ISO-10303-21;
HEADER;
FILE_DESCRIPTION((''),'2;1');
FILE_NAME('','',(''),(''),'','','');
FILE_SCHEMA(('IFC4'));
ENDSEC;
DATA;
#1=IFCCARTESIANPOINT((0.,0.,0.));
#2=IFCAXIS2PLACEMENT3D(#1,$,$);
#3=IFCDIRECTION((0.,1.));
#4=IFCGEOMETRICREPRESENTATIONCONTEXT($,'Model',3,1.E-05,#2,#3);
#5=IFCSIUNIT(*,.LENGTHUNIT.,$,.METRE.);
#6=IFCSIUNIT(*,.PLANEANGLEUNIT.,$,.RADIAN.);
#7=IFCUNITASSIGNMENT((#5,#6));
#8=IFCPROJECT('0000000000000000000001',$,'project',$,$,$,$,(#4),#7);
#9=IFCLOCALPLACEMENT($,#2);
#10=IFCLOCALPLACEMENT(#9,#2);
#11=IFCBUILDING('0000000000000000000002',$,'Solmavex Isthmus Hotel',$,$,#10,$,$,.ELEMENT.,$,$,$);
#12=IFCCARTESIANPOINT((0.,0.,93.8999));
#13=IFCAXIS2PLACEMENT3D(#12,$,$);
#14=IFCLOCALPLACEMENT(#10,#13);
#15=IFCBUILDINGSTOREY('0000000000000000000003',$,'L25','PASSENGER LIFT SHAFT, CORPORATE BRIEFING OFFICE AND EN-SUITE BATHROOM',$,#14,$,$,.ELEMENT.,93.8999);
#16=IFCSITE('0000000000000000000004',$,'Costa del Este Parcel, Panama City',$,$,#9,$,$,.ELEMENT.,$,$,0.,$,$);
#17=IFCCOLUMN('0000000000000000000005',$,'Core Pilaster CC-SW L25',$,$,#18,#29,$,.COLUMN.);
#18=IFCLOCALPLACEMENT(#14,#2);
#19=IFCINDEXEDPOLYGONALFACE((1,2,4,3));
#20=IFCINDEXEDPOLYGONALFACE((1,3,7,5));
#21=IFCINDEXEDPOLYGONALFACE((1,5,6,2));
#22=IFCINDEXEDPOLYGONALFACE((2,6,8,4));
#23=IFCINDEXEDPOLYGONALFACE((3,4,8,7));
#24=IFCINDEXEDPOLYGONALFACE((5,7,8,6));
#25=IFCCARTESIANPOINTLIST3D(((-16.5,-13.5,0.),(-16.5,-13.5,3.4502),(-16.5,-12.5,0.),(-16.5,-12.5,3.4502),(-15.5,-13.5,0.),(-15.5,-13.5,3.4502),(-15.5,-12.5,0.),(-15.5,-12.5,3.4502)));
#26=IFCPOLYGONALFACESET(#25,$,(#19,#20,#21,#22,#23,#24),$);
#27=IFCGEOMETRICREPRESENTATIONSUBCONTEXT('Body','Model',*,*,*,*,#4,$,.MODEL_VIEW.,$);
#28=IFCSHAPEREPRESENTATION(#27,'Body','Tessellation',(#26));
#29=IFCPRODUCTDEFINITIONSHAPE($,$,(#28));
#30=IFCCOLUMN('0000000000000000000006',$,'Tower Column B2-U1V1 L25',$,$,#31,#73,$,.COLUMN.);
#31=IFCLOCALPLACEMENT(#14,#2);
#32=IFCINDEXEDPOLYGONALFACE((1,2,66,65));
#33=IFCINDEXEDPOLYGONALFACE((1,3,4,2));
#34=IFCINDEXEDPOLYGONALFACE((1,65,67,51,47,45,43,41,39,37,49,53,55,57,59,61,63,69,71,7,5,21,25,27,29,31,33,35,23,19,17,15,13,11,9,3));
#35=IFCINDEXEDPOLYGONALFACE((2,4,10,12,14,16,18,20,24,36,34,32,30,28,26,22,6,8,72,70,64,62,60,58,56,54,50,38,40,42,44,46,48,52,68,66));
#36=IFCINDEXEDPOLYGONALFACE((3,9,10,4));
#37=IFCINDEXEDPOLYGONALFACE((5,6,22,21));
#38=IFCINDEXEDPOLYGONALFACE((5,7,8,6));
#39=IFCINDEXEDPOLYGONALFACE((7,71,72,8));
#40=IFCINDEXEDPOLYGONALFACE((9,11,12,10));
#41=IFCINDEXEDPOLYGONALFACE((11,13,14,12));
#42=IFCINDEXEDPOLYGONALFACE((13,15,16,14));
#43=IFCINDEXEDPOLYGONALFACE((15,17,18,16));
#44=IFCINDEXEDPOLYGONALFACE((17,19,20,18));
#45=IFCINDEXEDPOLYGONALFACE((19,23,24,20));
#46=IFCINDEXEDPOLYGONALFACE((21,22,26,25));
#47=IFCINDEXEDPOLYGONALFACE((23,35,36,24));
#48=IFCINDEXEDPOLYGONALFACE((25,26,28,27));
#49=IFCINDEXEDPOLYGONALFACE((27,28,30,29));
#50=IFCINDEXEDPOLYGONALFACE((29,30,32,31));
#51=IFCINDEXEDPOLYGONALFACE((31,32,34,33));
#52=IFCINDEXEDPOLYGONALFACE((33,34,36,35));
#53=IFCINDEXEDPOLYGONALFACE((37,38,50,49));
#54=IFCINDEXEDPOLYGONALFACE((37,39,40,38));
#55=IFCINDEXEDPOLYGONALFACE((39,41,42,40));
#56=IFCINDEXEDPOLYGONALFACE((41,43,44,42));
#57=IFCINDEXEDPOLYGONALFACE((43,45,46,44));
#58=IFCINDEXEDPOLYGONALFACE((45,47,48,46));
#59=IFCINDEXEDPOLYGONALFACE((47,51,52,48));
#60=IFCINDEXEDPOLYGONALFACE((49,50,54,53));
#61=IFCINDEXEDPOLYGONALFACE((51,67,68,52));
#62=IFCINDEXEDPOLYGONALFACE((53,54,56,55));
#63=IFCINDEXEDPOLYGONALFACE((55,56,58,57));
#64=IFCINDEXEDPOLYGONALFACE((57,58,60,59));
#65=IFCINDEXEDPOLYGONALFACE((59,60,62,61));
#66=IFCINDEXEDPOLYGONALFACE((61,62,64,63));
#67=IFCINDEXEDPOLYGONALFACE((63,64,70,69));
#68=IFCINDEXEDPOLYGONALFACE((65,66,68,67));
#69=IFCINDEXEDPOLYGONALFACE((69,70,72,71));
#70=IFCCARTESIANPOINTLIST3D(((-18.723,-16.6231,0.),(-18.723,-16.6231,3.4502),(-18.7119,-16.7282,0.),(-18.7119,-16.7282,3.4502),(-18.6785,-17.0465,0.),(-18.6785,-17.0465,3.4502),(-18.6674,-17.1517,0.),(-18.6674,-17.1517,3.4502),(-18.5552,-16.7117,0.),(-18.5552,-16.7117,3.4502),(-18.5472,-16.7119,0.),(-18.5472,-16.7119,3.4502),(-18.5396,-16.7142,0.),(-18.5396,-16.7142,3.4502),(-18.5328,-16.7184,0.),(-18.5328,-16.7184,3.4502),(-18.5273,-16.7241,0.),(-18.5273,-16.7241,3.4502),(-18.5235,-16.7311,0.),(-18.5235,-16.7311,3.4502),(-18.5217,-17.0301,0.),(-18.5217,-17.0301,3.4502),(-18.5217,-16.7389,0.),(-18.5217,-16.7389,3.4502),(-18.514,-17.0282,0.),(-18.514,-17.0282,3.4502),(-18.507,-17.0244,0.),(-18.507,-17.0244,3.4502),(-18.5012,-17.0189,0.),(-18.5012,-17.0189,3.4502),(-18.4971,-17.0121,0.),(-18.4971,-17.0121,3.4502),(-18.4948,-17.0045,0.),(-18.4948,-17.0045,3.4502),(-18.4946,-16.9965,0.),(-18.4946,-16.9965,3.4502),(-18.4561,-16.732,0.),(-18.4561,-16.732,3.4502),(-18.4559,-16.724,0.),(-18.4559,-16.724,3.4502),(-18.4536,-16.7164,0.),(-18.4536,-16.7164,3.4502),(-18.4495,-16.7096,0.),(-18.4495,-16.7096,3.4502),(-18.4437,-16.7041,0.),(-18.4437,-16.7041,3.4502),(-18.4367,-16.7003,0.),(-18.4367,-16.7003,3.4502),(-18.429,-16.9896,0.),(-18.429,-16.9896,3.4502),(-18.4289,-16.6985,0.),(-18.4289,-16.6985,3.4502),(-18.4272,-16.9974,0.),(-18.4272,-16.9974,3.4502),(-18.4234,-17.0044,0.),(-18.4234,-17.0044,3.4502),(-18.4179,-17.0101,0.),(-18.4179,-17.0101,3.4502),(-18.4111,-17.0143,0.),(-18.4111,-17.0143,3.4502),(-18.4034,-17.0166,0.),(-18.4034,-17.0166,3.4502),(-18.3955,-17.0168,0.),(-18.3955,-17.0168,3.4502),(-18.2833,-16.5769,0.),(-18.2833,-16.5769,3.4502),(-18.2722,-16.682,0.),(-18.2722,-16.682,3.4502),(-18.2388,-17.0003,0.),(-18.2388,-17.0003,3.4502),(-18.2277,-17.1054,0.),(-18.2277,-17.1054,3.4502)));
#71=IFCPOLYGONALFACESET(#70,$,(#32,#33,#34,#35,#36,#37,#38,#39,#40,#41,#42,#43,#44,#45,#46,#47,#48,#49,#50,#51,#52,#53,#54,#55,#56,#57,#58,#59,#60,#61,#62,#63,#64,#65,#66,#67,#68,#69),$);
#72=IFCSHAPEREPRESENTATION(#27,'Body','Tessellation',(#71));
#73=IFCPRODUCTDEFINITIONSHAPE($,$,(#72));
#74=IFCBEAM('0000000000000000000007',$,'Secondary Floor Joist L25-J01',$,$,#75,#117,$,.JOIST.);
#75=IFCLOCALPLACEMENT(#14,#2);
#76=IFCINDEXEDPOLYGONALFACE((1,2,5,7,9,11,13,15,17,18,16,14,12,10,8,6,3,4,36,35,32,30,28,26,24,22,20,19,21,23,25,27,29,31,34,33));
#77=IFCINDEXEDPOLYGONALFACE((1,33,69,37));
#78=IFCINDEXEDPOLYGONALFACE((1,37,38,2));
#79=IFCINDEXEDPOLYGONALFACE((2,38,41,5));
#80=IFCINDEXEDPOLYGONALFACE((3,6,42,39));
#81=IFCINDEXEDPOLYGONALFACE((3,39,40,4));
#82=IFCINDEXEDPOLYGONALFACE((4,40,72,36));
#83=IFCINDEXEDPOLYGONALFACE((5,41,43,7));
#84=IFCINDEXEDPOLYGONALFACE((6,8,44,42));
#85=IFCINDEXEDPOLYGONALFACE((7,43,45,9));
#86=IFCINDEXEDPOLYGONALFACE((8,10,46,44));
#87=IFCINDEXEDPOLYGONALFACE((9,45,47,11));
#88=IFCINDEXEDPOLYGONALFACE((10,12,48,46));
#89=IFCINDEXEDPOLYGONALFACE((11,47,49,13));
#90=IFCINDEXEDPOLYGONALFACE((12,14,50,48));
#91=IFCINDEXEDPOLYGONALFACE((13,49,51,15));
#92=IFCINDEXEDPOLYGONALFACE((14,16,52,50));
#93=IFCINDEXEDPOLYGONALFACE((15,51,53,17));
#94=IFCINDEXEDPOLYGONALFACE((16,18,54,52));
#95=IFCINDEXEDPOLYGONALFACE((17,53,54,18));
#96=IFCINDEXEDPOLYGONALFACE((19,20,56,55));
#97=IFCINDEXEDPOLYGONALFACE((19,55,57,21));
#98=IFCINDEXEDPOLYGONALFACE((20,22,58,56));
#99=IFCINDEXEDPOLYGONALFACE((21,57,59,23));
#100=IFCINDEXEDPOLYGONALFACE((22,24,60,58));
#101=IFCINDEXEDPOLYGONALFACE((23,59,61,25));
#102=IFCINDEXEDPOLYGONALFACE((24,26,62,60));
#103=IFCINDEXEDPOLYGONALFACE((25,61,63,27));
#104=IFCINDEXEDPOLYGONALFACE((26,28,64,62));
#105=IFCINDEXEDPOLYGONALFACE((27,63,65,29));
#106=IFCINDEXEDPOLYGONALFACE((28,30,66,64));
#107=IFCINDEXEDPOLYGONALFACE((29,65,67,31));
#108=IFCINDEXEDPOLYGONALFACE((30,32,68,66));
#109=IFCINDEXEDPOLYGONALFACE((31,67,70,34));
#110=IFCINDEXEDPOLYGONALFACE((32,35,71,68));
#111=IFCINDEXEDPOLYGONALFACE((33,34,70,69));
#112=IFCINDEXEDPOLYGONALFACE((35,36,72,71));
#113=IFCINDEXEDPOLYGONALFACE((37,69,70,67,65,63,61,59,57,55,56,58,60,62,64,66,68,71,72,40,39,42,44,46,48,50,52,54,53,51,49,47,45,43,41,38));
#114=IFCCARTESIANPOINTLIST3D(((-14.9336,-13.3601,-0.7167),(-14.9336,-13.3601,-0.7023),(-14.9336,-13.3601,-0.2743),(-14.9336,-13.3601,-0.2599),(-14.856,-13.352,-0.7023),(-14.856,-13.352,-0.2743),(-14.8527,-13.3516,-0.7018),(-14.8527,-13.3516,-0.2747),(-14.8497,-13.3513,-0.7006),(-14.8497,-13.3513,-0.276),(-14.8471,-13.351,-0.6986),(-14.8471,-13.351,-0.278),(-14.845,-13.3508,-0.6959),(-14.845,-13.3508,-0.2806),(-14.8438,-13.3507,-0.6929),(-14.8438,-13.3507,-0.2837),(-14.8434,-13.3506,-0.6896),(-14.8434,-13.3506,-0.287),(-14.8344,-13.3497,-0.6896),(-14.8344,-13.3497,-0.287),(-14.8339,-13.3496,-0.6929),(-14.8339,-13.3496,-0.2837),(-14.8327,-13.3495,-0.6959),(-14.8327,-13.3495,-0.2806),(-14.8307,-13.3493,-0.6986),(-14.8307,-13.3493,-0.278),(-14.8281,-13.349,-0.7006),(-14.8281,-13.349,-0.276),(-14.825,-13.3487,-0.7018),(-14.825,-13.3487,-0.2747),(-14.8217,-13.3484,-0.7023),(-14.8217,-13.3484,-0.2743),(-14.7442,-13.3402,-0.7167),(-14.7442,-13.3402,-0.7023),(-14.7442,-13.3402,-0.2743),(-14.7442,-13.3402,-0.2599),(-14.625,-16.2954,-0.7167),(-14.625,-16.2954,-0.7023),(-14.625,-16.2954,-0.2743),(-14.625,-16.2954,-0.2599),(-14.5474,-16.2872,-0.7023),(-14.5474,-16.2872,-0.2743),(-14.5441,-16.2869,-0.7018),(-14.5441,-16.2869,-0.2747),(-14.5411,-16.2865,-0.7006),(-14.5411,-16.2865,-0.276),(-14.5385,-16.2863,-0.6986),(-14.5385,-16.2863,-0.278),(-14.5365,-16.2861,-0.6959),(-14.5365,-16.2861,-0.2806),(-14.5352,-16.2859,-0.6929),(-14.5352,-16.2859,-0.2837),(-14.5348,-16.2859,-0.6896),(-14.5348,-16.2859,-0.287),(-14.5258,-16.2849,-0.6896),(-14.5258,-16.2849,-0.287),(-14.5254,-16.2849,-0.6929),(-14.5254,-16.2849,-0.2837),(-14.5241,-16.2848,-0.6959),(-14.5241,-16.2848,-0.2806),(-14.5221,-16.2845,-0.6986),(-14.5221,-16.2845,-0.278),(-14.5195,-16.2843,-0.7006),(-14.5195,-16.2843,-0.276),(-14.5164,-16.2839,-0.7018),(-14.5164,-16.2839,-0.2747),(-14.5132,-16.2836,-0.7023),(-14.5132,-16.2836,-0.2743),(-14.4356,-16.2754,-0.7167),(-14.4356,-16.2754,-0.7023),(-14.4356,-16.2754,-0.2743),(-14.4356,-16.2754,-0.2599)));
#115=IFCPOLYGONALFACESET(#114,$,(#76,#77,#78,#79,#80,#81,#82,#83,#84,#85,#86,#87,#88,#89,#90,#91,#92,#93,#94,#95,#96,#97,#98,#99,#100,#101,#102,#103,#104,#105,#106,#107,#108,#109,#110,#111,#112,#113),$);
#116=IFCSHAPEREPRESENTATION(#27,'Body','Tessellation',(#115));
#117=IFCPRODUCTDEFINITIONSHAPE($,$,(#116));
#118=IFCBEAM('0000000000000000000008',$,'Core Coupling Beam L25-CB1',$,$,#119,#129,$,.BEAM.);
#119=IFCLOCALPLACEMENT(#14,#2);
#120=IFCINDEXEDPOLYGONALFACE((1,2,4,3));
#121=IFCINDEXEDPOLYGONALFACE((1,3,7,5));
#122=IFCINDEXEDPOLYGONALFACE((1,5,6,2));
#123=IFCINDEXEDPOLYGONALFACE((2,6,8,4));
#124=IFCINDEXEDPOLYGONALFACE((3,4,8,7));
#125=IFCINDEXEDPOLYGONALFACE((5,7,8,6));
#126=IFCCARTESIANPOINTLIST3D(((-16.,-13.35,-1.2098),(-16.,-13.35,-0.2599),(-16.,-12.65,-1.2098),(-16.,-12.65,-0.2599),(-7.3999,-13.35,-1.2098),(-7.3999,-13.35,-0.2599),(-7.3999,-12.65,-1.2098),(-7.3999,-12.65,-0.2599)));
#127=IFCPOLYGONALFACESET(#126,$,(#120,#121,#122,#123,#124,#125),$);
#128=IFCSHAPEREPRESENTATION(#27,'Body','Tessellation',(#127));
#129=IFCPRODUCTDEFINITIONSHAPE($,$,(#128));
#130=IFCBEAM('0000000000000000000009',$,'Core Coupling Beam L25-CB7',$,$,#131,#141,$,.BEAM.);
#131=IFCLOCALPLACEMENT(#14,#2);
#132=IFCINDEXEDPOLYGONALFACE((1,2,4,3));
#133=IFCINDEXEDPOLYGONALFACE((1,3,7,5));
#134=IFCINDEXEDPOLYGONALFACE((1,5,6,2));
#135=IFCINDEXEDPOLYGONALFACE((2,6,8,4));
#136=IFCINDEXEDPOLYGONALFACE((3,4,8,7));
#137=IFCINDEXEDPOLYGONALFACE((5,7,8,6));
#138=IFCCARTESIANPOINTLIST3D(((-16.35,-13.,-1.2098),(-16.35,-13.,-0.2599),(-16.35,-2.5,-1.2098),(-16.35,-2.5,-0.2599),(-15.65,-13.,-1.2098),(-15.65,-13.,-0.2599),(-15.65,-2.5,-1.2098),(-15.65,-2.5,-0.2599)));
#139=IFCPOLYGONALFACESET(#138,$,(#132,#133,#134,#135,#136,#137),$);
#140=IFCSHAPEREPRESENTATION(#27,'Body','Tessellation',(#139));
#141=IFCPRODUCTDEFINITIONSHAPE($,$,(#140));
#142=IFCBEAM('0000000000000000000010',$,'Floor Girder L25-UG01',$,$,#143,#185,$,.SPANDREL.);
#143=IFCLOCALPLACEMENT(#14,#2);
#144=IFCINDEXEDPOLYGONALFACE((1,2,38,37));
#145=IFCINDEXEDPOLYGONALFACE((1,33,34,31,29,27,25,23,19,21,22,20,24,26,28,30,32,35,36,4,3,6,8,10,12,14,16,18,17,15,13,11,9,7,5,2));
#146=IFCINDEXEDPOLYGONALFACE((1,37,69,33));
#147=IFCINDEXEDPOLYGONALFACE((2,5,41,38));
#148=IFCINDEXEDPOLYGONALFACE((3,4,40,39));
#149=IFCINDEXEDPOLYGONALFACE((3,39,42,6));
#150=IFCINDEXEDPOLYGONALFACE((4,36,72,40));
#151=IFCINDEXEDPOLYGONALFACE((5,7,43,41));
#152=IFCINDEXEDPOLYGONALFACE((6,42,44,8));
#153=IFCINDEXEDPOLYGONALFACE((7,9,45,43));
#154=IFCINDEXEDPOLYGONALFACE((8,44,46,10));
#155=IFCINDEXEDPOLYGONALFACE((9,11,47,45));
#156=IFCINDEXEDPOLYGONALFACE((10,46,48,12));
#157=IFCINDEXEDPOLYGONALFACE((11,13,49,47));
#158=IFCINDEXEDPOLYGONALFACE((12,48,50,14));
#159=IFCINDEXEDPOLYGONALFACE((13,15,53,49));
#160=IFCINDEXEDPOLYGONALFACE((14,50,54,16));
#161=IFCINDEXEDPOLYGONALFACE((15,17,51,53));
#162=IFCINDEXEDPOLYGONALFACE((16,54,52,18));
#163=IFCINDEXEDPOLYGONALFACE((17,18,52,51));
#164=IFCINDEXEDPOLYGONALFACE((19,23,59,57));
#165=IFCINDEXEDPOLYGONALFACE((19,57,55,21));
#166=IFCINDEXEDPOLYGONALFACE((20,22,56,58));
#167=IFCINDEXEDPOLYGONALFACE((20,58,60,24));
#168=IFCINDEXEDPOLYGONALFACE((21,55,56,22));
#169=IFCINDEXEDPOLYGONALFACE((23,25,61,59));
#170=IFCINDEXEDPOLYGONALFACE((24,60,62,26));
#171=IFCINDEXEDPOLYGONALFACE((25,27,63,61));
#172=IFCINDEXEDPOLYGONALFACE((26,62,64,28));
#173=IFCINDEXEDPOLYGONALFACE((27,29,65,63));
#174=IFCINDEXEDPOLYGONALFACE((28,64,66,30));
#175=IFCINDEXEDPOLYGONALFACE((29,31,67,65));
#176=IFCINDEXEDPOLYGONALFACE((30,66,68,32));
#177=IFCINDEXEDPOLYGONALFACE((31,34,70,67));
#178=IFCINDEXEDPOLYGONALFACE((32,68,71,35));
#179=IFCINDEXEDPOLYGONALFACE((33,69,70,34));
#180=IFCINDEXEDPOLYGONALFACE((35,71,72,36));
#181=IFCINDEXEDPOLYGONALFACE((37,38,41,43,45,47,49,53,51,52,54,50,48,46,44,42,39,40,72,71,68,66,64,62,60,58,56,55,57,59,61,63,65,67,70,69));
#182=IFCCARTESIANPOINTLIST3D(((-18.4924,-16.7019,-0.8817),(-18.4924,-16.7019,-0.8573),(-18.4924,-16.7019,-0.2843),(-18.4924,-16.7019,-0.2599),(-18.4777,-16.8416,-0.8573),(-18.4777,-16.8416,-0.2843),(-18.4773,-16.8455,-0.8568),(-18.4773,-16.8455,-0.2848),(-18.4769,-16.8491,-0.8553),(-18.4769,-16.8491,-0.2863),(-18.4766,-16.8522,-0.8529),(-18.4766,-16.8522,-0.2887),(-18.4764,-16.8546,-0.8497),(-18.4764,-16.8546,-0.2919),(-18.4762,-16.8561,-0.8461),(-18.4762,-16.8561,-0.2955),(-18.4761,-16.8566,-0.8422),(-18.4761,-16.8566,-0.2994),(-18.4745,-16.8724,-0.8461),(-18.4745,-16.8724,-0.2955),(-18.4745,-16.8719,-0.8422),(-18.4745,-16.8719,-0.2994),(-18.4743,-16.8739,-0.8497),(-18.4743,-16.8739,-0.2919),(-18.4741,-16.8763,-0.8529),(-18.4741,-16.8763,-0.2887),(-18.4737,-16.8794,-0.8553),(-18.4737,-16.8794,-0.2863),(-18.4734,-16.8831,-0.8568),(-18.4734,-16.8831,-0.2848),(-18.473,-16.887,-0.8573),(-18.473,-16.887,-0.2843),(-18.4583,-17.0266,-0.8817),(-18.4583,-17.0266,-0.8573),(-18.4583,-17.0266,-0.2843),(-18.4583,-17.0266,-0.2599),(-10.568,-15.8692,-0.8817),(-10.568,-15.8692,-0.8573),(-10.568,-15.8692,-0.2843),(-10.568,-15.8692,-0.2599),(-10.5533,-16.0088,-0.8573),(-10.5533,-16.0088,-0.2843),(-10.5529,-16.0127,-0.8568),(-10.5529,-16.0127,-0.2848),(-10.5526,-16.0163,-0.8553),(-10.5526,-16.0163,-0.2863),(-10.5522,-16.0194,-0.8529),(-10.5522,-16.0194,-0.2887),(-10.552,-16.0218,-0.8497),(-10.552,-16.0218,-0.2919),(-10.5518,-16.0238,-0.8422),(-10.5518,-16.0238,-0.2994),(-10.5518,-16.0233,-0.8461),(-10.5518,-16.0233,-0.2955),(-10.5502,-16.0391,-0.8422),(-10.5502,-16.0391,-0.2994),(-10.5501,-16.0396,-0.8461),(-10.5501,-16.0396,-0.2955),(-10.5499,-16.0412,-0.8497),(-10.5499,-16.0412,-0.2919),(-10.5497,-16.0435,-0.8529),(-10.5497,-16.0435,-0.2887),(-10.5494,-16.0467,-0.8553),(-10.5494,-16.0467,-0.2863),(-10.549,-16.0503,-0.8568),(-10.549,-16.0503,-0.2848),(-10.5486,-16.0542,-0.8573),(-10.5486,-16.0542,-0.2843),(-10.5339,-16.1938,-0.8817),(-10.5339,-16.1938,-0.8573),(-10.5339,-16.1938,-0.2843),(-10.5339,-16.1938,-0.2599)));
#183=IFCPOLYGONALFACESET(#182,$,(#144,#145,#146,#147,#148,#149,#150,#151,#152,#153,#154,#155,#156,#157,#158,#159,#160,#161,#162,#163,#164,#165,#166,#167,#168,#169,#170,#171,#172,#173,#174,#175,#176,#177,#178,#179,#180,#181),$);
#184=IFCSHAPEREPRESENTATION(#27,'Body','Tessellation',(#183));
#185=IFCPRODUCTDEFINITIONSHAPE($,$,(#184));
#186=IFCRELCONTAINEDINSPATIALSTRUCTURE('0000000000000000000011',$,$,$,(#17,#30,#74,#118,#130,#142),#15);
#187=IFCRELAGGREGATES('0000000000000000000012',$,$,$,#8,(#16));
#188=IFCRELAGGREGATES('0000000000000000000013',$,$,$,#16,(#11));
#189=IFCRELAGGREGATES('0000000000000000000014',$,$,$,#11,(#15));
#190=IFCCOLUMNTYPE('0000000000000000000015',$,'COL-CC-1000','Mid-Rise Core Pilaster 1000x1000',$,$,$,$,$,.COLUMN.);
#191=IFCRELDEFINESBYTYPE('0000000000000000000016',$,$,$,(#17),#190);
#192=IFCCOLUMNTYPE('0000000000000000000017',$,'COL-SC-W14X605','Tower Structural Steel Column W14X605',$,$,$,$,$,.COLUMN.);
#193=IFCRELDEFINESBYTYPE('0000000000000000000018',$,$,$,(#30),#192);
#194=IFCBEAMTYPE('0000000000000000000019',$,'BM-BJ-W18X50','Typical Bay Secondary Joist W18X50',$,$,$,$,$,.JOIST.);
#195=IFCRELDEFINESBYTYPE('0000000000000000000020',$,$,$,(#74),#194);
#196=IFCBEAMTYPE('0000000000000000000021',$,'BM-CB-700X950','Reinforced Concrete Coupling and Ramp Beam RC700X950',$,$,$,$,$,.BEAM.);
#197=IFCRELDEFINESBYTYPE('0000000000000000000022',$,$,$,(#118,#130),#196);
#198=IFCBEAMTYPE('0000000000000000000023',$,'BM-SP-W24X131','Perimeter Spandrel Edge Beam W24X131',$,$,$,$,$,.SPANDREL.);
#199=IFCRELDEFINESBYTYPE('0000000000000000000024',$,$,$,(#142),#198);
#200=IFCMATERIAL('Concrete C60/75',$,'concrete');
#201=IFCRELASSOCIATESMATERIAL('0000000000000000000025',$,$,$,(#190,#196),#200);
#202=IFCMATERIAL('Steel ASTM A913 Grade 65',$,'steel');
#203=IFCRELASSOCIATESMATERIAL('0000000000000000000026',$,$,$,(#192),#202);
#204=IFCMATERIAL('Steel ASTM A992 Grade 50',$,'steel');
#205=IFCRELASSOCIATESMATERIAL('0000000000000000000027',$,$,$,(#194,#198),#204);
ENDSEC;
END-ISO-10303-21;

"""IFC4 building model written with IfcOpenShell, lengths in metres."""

from ifc_helpers import new_model, si_unit, direction, frame, origin, origin_2d, place, context, subcontext, project, spatial, rectangle, i_section, extrude, material, material_profile, profile_set, type_object, element, save


model = new_model("IFC4")

# Units and contexts
model_context = context("Model", 3, precision=1e-05, world=origin(), true_north=direction((0.0, 1.0)))
body_context = subcontext(model_context, "Body", "Model", "MODEL_VIEW")
ifc_project = project(units=[si_unit("LENGTHUNIT", "METRE"), si_unit("PLANEANGLEUNIT", "RADIAN")], contexts=[model_context])

# Site, building, storey
site_placement = place(None, origin())
site = spatial("IfcSite", under=ifc_project, at=site_placement, Name="Costa del Este Parcel, Panama City", CompositionType="ELEMENT", RefElevation=0.0)
building_placement = place(site_placement, origin())
building = spatial("IfcBuilding", under=site, at=building_placement, Name="Solmavex Isthmus Hotel", CompositionType="ELEMENT")
storey_placement = place(building_placement, frame((0.0, 0.0, 93.8999)))
storey = spatial("IfcBuildingStorey", under=building, at=storey_placement, Name="L25", Description="PASSENGER LIFT SHAFT, CORPORATE BRIEFING OFFICE AND EN-SUITE BATHROOM", CompositionType="ELEMENT", Elevation=93.8999)

# Columns
ifc_material_1 = material(Name="Concrete C60/75", Category="concrete")
ifc_material_profile_1 = material_profile(ifc_material_1, rectangle(XDim=1.0, YDim=1.0, at=origin_2d()), Name="RC1000X1000")
ifc_profile_set_1 = profile_set([ifc_material_profile_1], Name="Concrete C60/75")
column_type_1 = type_object("IfcColumnType", Name="COL-CC-1000", Description="Mid-Rise Core Pilaster 1000x1000", PredefinedType="COLUMN", material=ifc_profile_set_1)
column_1_placement = place(storey_placement, frame((-16.0, -13.0, 0.0), z_axis=(0.0, 0.0, 1.0), x_axis=(1.0, 0.0, 0.0)))
element("IfcColumn", 1, at=column_1_placement, inside=storey, type_object=column_type_1, Name="Core Pilaster CC-SW L25", PredefinedType="COLUMN", context=body_context, shape_type="SweptSolid", body=[
    extrude(rectangle(XDim=1.0, YDim=1.0, at=origin_2d()), origin(), (0.0, 0.0, 1.0), 3.4502),
])
ifc_material_2 = material(Name="Steel ASTM A913 Grade 65", Category="steel")
ifc_material_profile_2 = material_profile(ifc_material_2, i_section(OverallWidth=0.4421, OverallDepth=0.5315, WebThickness=0.0659, FlangeThickness=0.1057, FilletRadius=0.0305, at=origin_2d()), Name="W14X605")
ifc_profile_set_2 = profile_set([ifc_material_profile_2], Name="Steel ASTM A913 Grade 65")
column_type_2 = type_object("IfcColumnType", Name="COL-SC-W14X605", Description="Tower Structural Steel Column W14X605", PredefinedType="COLUMN", material=ifc_profile_set_2)
column_2_placement = place(storey_placement, frame((-18.4753, -16.8643, 0.0), z_axis=(0.0, 0.0, 1.0), x_axis=(0.994522, 0.104528, 0.0)))
element("IfcColumn", 2, at=column_2_placement, inside=storey, type_object=column_type_2, Name="Tower Column B2-U1V1 L25", PredefinedType="COLUMN", context=body_context, shape_type="SweptSolid", body=[
    extrude(i_section(OverallWidth=0.4421, OverallDepth=0.5315, WebThickness=0.0659, FlangeThickness=0.1057, FilletRadius=0.0305, at=origin_2d()), origin(), (0.0, 0.0, 1.0), 3.4502),
])

# Beams
ifc_material_3 = material(Name="Steel ASTM A992 Grade 50", Category="steel")
ifc_material_profile_3 = material_profile(ifc_material_3, i_section(OverallWidth=0.1904, OverallDepth=0.4568, WebThickness=0.009, FlangeThickness=0.0144, FilletRadius=0.0127, at=origin_2d()), Name="W18X50")
ifc_profile_set_3 = profile_set([ifc_material_profile_3], Name="Steel ASTM A992 Grade 50")
beam_type_1 = type_object("IfcBeamType", Name="BM-BJ-W18X50", Description="Typical Bay Secondary Joist W18X50", PredefinedType="JOIST", material=ifc_profile_set_3)
beam_1_placement = place(storey_placement, frame((-14.5303, -16.2854, -0.4883), z_axis=(-0.104556, 0.994519, 0.0), x_axis=(-0.994519, -0.104556, 0.0)))
element("IfcBeam", 3, at=beam_1_placement, inside=storey, type_object=beam_type_1, Name="Secondary Floor Joist L25-J01", PredefinedType="JOIST", context=body_context, shape_type="SweptSolid", body=[
    extrude(i_section(OverallWidth=0.1904, OverallDepth=0.4568, WebThickness=0.009, FlangeThickness=0.0144, FilletRadius=0.0127, at=origin_2d()), origin(), (0.0, 0.0, 1.0), 2.9514),
])
ifc_material_profile_4 = material_profile(ifc_material_1, rectangle(XDim=0.7, YDim=0.95, at=origin_2d()), Name="RC700X950")
ifc_profile_set_4 = profile_set([ifc_material_profile_4], Name="Concrete C60/75")
beam_type_2 = type_object("IfcBeamType", Name="BM-CB-700X950", Description="Reinforced Concrete Coupling and Ramp Beam RC700X950", PredefinedType="BEAM", material=ifc_profile_set_4)
beam_2_placement = place(storey_placement, frame((-16.0, -13.0, -0.7349), z_axis=(1.0, 0.0, 0.0), x_axis=(0.0, 1.0, 0.0)))
element("IfcBeam", 4, at=beam_2_placement, inside=storey, type_object=beam_type_2, Name="Core Coupling Beam L25-CB1", PredefinedType="BEAM", context=body_context, shape_type="SweptSolid", body=[
    extrude(rectangle(XDim=0.7, YDim=0.95, at=origin_2d()), origin(), (0.0, 0.0, 1.0), 8.6001),
])
beam_3_placement = place(storey_placement, frame((-16.0, -13.0, -0.7349), z_axis=(0.0, 1.0, 0.0), x_axis=(-1.0, 0.0, 0.0)))
element("IfcBeam", 5, at=beam_3_placement, inside=storey, type_object=beam_type_2, Name="Core Coupling Beam L25-CB7", PredefinedType="BEAM", context=body_context, shape_type="SweptSolid", body=[
    extrude(rectangle(XDim=0.7, YDim=0.95, at=origin_2d()), origin(), (0.0, 0.0, 1.0), 10.5),
])
ifc_material_profile_5 = material_profile(ifc_material_3, i_section(OverallWidth=0.3264, OverallDepth=0.6218, WebThickness=0.0154, FlangeThickness=0.0244, FilletRadius=0.0151, at=origin_2d()), Name="W24X131")
ifc_profile_set_5 = profile_set([ifc_material_profile_5], Name="Steel ASTM A992 Grade 50")
beam_type_3 = type_object("IfcBeamType", Name="BM-SP-W24X131", Description="Perimeter Spandrel Edge Beam W24X131", PredefinedType="SPANDREL", material=ifc_profile_set_5)
beam_4_placement = place(storey_placement, frame((-18.4753, -16.8643, -0.5708), z_axis=(0.994523, 0.104514, 0.0), x_axis=(-0.104514, 0.994523, 0.0)))
element("IfcBeam", 6, at=beam_4_placement, inside=storey, type_object=beam_type_3, Name="Floor Girder L25-UG01", PredefinedType="SPANDREL", context=body_context, shape_type="SweptSolid", body=[
    extrude(i_section(OverallWidth=0.3264, OverallDepth=0.6218, WebThickness=0.0154, FlangeThickness=0.0244, FilletRadius=0.0151, at=origin_2d()), origin(), (0.0, 0.0, 1.0), 7.968),
])

save(model, "model.ifc")
